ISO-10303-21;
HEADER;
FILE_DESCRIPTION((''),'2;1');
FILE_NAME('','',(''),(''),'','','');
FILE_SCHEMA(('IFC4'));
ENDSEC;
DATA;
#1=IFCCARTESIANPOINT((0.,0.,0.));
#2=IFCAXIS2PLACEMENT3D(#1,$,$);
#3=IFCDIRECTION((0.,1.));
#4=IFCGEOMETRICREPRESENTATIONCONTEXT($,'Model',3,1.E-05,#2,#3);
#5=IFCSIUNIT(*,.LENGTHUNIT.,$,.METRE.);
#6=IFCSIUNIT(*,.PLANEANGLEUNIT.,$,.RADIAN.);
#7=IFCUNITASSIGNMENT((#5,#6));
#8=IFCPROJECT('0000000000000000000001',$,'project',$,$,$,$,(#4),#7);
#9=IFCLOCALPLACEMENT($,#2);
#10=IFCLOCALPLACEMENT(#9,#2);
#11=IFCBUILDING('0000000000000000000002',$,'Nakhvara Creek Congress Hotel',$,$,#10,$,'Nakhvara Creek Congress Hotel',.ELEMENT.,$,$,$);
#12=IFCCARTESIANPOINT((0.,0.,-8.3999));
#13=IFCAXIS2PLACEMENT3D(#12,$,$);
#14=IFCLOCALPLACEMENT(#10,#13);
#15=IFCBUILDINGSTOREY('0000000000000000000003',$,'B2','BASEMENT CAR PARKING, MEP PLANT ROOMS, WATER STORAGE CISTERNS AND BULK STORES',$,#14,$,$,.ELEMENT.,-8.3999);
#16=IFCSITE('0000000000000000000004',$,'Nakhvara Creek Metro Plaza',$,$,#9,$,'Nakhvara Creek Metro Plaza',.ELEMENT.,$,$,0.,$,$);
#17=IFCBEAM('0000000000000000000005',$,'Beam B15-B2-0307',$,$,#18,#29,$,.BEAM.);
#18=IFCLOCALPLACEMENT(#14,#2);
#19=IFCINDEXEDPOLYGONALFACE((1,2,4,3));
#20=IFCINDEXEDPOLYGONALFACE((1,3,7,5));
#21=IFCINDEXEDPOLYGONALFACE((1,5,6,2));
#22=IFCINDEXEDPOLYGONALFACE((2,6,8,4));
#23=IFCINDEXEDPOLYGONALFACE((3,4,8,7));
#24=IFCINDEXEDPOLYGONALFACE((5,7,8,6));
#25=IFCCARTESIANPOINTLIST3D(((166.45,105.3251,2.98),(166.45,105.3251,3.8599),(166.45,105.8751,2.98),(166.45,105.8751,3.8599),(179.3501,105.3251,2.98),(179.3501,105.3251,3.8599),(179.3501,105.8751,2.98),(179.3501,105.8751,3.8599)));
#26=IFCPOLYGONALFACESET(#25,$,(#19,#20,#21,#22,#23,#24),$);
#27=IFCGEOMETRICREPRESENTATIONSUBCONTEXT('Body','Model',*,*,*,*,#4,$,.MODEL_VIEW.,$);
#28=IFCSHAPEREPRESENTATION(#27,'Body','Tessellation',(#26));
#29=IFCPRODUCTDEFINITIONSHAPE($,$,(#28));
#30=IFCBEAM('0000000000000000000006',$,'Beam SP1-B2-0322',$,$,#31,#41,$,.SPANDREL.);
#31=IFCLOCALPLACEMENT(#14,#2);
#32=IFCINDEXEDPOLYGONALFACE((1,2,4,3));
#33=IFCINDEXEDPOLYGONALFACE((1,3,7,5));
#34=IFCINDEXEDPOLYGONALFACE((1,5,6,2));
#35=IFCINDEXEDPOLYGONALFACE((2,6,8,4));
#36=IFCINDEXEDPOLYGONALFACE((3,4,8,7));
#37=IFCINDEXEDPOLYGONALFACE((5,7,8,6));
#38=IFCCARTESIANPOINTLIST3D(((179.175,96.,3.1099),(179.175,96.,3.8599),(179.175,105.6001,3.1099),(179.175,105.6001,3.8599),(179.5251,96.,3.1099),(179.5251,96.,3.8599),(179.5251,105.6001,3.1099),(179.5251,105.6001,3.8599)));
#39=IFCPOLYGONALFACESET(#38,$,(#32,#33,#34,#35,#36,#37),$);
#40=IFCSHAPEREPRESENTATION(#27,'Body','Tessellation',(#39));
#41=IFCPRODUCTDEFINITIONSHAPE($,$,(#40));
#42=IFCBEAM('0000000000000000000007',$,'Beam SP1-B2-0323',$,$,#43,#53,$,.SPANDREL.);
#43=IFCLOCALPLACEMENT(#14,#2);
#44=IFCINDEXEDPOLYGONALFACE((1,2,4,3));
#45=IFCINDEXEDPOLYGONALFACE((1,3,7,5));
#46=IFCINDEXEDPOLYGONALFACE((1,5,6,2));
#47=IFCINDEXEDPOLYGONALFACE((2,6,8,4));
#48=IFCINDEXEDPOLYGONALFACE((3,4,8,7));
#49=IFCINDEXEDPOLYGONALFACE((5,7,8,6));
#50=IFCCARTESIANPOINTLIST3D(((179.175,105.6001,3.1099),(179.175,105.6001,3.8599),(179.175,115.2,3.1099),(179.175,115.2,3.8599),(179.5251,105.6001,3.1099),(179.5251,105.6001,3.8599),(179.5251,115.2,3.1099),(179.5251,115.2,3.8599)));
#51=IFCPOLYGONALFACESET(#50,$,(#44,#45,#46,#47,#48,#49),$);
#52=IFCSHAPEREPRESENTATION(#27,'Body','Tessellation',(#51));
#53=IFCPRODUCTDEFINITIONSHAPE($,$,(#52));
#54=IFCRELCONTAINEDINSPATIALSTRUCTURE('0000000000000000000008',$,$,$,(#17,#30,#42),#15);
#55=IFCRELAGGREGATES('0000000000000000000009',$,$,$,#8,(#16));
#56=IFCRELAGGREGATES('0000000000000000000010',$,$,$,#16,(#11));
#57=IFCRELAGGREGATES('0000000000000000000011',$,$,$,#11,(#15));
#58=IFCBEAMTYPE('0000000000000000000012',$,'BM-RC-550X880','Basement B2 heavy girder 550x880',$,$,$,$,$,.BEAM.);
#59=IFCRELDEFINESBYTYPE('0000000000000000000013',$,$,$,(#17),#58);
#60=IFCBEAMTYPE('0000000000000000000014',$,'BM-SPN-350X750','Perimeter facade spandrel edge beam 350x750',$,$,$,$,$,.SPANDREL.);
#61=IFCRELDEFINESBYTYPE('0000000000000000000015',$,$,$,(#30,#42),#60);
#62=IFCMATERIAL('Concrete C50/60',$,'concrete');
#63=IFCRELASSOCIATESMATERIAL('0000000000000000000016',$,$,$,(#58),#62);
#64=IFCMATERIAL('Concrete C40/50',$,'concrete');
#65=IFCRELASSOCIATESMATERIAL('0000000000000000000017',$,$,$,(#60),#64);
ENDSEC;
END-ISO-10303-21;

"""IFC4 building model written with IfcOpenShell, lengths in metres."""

from ifc_helpers import new_model, si_unit, direction, frame, origin, origin_2d, place, context, subcontext, project, spatial, rectangle, extrude, material, material_profile, profile_set, type_object, element, save


model = new_model("IFC4")

# Units and contexts
model_context = context("Model", 3, precision=1e-05, world=origin(), true_north=direction((0.0, 1.0)))
body_context = subcontext(model_context, "Body", "Model", "MODEL_VIEW")
ifc_project = project(units=[si_unit("LENGTHUNIT", "METRE"), si_unit("PLANEANGLEUNIT", "RADIAN")], contexts=[model_context])

# Site, building, storey
site_placement = place(None, origin())
site = spatial("IfcSite", under=ifc_project, at=site_placement, Name="Nakhvara Creek Metro Plaza", LongName="Nakhvara Creek Metro Plaza", CompositionType="ELEMENT", RefElevation=0.0)
building_placement = place(site_placement, origin())
building = spatial("IfcBuilding", under=site, at=building_placement, Name="Nakhvara Creek Congress Hotel", LongName="Nakhvara Creek Congress Hotel", CompositionType="ELEMENT")
storey_placement = place(building_placement, frame((0.0, 0.0, -8.3999)))
storey = spatial("IfcBuildingStorey", under=building, at=storey_placement, Name="B2", Description="BASEMENT CAR PARKING, MEP PLANT ROOMS, WATER STORAGE CISTERNS AND BULK STORES", CompositionType="ELEMENT", Elevation=-8.3999)

# Shared definitions
ifc_material_1 = material(Name="Concrete C40/50", Category="concrete")

# Shared definitions
ifc_material_2 = material(Name="Concrete C50/60", Category="concrete")

# Beams
ifc_material_profile_1 = material_profile(ifc_material_2, rectangle(XDim=0.55, YDim=0.8799, at=origin_2d()), Name="RC-BM 550x880", Category="LoadBearing")
ifc_profile_set_1 = profile_set([ifc_material_profile_1], Name="Concrete C50/60")
beam_type_1 = type_object("IfcBeamType", Name="BM-RC-550X880", Description="Basement B2 heavy girder 550x880", PredefinedType="BEAM", material=ifc_profile_set_1)
beam_1_placement = place(storey_placement, frame((166.45, 105.6001, 3.4199), z_axis=(1.0, 0.0, 0.0), x_axis=(0.0, 1.0, 0.0)))
element("IfcBeam", 1, at=beam_1_placement, inside=storey, type_object=beam_type_1, Name="Beam B15-B2-0307", PredefinedType="BEAM", context=body_context, shape_type="SweptSolid", body=[
    extrude(rectangle(XDim=0.55, YDim=0.8799, at=origin_2d()), origin(), (0.0, 0.0, 1.0), 12.9001),
])
ifc_material_profile_2 = material_profile(ifc_material_1, rectangle(XDim=0.3501, YDim=0.75, at=origin_2d()), Name="RC-SPANDREL 350x750", Category="LoadBearing")
ifc_profile_set_2 = profile_set([ifc_material_profile_2], Name="Concrete C40/50")
beam_type_2 = type_object("IfcBeamType", Name="BM-SPN-350X750", Description="Perimeter facade spandrel edge beam 350x750", PredefinedType="SPANDREL", material=ifc_profile_set_2)
beam_2_placement = place(storey_placement, frame((179.3501, 96.0, 3.4849), z_axis=(0.0, 1.0, 0.0), x_axis=(-1.0, 0.0, 0.0)))
element("IfcBeam", 2, at=beam_2_placement, inside=storey, type_object=beam_type_2, Name="Beam SP1-B2-0322", PredefinedType="SPANDREL", context=body_context, shape_type="SweptSolid", body=[
    extrude(rectangle(XDim=0.3501, YDim=0.75, at=origin_2d()), origin(), (0.0, 0.0, 1.0), 9.6001),
])
beam_3_placement = place(storey_placement, frame((179.3501, 105.6001, 3.4849), z_axis=(0.0, 1.0, 0.0), x_axis=(-1.0, 0.0, 0.0)))
element("IfcBeam", 3, at=beam_3_placement, inside=storey, type_object=beam_type_2, Name="Beam SP1-B2-0323", PredefinedType="SPANDREL", context=body_context, shape_type="SweptSolid", body=[
    extrude(rectangle(XDim=0.3501, YDim=0.75, at=origin_2d()), origin(), (0.0, 0.0, 1.0), 9.5999),
])

save(model, "model.ifc")
